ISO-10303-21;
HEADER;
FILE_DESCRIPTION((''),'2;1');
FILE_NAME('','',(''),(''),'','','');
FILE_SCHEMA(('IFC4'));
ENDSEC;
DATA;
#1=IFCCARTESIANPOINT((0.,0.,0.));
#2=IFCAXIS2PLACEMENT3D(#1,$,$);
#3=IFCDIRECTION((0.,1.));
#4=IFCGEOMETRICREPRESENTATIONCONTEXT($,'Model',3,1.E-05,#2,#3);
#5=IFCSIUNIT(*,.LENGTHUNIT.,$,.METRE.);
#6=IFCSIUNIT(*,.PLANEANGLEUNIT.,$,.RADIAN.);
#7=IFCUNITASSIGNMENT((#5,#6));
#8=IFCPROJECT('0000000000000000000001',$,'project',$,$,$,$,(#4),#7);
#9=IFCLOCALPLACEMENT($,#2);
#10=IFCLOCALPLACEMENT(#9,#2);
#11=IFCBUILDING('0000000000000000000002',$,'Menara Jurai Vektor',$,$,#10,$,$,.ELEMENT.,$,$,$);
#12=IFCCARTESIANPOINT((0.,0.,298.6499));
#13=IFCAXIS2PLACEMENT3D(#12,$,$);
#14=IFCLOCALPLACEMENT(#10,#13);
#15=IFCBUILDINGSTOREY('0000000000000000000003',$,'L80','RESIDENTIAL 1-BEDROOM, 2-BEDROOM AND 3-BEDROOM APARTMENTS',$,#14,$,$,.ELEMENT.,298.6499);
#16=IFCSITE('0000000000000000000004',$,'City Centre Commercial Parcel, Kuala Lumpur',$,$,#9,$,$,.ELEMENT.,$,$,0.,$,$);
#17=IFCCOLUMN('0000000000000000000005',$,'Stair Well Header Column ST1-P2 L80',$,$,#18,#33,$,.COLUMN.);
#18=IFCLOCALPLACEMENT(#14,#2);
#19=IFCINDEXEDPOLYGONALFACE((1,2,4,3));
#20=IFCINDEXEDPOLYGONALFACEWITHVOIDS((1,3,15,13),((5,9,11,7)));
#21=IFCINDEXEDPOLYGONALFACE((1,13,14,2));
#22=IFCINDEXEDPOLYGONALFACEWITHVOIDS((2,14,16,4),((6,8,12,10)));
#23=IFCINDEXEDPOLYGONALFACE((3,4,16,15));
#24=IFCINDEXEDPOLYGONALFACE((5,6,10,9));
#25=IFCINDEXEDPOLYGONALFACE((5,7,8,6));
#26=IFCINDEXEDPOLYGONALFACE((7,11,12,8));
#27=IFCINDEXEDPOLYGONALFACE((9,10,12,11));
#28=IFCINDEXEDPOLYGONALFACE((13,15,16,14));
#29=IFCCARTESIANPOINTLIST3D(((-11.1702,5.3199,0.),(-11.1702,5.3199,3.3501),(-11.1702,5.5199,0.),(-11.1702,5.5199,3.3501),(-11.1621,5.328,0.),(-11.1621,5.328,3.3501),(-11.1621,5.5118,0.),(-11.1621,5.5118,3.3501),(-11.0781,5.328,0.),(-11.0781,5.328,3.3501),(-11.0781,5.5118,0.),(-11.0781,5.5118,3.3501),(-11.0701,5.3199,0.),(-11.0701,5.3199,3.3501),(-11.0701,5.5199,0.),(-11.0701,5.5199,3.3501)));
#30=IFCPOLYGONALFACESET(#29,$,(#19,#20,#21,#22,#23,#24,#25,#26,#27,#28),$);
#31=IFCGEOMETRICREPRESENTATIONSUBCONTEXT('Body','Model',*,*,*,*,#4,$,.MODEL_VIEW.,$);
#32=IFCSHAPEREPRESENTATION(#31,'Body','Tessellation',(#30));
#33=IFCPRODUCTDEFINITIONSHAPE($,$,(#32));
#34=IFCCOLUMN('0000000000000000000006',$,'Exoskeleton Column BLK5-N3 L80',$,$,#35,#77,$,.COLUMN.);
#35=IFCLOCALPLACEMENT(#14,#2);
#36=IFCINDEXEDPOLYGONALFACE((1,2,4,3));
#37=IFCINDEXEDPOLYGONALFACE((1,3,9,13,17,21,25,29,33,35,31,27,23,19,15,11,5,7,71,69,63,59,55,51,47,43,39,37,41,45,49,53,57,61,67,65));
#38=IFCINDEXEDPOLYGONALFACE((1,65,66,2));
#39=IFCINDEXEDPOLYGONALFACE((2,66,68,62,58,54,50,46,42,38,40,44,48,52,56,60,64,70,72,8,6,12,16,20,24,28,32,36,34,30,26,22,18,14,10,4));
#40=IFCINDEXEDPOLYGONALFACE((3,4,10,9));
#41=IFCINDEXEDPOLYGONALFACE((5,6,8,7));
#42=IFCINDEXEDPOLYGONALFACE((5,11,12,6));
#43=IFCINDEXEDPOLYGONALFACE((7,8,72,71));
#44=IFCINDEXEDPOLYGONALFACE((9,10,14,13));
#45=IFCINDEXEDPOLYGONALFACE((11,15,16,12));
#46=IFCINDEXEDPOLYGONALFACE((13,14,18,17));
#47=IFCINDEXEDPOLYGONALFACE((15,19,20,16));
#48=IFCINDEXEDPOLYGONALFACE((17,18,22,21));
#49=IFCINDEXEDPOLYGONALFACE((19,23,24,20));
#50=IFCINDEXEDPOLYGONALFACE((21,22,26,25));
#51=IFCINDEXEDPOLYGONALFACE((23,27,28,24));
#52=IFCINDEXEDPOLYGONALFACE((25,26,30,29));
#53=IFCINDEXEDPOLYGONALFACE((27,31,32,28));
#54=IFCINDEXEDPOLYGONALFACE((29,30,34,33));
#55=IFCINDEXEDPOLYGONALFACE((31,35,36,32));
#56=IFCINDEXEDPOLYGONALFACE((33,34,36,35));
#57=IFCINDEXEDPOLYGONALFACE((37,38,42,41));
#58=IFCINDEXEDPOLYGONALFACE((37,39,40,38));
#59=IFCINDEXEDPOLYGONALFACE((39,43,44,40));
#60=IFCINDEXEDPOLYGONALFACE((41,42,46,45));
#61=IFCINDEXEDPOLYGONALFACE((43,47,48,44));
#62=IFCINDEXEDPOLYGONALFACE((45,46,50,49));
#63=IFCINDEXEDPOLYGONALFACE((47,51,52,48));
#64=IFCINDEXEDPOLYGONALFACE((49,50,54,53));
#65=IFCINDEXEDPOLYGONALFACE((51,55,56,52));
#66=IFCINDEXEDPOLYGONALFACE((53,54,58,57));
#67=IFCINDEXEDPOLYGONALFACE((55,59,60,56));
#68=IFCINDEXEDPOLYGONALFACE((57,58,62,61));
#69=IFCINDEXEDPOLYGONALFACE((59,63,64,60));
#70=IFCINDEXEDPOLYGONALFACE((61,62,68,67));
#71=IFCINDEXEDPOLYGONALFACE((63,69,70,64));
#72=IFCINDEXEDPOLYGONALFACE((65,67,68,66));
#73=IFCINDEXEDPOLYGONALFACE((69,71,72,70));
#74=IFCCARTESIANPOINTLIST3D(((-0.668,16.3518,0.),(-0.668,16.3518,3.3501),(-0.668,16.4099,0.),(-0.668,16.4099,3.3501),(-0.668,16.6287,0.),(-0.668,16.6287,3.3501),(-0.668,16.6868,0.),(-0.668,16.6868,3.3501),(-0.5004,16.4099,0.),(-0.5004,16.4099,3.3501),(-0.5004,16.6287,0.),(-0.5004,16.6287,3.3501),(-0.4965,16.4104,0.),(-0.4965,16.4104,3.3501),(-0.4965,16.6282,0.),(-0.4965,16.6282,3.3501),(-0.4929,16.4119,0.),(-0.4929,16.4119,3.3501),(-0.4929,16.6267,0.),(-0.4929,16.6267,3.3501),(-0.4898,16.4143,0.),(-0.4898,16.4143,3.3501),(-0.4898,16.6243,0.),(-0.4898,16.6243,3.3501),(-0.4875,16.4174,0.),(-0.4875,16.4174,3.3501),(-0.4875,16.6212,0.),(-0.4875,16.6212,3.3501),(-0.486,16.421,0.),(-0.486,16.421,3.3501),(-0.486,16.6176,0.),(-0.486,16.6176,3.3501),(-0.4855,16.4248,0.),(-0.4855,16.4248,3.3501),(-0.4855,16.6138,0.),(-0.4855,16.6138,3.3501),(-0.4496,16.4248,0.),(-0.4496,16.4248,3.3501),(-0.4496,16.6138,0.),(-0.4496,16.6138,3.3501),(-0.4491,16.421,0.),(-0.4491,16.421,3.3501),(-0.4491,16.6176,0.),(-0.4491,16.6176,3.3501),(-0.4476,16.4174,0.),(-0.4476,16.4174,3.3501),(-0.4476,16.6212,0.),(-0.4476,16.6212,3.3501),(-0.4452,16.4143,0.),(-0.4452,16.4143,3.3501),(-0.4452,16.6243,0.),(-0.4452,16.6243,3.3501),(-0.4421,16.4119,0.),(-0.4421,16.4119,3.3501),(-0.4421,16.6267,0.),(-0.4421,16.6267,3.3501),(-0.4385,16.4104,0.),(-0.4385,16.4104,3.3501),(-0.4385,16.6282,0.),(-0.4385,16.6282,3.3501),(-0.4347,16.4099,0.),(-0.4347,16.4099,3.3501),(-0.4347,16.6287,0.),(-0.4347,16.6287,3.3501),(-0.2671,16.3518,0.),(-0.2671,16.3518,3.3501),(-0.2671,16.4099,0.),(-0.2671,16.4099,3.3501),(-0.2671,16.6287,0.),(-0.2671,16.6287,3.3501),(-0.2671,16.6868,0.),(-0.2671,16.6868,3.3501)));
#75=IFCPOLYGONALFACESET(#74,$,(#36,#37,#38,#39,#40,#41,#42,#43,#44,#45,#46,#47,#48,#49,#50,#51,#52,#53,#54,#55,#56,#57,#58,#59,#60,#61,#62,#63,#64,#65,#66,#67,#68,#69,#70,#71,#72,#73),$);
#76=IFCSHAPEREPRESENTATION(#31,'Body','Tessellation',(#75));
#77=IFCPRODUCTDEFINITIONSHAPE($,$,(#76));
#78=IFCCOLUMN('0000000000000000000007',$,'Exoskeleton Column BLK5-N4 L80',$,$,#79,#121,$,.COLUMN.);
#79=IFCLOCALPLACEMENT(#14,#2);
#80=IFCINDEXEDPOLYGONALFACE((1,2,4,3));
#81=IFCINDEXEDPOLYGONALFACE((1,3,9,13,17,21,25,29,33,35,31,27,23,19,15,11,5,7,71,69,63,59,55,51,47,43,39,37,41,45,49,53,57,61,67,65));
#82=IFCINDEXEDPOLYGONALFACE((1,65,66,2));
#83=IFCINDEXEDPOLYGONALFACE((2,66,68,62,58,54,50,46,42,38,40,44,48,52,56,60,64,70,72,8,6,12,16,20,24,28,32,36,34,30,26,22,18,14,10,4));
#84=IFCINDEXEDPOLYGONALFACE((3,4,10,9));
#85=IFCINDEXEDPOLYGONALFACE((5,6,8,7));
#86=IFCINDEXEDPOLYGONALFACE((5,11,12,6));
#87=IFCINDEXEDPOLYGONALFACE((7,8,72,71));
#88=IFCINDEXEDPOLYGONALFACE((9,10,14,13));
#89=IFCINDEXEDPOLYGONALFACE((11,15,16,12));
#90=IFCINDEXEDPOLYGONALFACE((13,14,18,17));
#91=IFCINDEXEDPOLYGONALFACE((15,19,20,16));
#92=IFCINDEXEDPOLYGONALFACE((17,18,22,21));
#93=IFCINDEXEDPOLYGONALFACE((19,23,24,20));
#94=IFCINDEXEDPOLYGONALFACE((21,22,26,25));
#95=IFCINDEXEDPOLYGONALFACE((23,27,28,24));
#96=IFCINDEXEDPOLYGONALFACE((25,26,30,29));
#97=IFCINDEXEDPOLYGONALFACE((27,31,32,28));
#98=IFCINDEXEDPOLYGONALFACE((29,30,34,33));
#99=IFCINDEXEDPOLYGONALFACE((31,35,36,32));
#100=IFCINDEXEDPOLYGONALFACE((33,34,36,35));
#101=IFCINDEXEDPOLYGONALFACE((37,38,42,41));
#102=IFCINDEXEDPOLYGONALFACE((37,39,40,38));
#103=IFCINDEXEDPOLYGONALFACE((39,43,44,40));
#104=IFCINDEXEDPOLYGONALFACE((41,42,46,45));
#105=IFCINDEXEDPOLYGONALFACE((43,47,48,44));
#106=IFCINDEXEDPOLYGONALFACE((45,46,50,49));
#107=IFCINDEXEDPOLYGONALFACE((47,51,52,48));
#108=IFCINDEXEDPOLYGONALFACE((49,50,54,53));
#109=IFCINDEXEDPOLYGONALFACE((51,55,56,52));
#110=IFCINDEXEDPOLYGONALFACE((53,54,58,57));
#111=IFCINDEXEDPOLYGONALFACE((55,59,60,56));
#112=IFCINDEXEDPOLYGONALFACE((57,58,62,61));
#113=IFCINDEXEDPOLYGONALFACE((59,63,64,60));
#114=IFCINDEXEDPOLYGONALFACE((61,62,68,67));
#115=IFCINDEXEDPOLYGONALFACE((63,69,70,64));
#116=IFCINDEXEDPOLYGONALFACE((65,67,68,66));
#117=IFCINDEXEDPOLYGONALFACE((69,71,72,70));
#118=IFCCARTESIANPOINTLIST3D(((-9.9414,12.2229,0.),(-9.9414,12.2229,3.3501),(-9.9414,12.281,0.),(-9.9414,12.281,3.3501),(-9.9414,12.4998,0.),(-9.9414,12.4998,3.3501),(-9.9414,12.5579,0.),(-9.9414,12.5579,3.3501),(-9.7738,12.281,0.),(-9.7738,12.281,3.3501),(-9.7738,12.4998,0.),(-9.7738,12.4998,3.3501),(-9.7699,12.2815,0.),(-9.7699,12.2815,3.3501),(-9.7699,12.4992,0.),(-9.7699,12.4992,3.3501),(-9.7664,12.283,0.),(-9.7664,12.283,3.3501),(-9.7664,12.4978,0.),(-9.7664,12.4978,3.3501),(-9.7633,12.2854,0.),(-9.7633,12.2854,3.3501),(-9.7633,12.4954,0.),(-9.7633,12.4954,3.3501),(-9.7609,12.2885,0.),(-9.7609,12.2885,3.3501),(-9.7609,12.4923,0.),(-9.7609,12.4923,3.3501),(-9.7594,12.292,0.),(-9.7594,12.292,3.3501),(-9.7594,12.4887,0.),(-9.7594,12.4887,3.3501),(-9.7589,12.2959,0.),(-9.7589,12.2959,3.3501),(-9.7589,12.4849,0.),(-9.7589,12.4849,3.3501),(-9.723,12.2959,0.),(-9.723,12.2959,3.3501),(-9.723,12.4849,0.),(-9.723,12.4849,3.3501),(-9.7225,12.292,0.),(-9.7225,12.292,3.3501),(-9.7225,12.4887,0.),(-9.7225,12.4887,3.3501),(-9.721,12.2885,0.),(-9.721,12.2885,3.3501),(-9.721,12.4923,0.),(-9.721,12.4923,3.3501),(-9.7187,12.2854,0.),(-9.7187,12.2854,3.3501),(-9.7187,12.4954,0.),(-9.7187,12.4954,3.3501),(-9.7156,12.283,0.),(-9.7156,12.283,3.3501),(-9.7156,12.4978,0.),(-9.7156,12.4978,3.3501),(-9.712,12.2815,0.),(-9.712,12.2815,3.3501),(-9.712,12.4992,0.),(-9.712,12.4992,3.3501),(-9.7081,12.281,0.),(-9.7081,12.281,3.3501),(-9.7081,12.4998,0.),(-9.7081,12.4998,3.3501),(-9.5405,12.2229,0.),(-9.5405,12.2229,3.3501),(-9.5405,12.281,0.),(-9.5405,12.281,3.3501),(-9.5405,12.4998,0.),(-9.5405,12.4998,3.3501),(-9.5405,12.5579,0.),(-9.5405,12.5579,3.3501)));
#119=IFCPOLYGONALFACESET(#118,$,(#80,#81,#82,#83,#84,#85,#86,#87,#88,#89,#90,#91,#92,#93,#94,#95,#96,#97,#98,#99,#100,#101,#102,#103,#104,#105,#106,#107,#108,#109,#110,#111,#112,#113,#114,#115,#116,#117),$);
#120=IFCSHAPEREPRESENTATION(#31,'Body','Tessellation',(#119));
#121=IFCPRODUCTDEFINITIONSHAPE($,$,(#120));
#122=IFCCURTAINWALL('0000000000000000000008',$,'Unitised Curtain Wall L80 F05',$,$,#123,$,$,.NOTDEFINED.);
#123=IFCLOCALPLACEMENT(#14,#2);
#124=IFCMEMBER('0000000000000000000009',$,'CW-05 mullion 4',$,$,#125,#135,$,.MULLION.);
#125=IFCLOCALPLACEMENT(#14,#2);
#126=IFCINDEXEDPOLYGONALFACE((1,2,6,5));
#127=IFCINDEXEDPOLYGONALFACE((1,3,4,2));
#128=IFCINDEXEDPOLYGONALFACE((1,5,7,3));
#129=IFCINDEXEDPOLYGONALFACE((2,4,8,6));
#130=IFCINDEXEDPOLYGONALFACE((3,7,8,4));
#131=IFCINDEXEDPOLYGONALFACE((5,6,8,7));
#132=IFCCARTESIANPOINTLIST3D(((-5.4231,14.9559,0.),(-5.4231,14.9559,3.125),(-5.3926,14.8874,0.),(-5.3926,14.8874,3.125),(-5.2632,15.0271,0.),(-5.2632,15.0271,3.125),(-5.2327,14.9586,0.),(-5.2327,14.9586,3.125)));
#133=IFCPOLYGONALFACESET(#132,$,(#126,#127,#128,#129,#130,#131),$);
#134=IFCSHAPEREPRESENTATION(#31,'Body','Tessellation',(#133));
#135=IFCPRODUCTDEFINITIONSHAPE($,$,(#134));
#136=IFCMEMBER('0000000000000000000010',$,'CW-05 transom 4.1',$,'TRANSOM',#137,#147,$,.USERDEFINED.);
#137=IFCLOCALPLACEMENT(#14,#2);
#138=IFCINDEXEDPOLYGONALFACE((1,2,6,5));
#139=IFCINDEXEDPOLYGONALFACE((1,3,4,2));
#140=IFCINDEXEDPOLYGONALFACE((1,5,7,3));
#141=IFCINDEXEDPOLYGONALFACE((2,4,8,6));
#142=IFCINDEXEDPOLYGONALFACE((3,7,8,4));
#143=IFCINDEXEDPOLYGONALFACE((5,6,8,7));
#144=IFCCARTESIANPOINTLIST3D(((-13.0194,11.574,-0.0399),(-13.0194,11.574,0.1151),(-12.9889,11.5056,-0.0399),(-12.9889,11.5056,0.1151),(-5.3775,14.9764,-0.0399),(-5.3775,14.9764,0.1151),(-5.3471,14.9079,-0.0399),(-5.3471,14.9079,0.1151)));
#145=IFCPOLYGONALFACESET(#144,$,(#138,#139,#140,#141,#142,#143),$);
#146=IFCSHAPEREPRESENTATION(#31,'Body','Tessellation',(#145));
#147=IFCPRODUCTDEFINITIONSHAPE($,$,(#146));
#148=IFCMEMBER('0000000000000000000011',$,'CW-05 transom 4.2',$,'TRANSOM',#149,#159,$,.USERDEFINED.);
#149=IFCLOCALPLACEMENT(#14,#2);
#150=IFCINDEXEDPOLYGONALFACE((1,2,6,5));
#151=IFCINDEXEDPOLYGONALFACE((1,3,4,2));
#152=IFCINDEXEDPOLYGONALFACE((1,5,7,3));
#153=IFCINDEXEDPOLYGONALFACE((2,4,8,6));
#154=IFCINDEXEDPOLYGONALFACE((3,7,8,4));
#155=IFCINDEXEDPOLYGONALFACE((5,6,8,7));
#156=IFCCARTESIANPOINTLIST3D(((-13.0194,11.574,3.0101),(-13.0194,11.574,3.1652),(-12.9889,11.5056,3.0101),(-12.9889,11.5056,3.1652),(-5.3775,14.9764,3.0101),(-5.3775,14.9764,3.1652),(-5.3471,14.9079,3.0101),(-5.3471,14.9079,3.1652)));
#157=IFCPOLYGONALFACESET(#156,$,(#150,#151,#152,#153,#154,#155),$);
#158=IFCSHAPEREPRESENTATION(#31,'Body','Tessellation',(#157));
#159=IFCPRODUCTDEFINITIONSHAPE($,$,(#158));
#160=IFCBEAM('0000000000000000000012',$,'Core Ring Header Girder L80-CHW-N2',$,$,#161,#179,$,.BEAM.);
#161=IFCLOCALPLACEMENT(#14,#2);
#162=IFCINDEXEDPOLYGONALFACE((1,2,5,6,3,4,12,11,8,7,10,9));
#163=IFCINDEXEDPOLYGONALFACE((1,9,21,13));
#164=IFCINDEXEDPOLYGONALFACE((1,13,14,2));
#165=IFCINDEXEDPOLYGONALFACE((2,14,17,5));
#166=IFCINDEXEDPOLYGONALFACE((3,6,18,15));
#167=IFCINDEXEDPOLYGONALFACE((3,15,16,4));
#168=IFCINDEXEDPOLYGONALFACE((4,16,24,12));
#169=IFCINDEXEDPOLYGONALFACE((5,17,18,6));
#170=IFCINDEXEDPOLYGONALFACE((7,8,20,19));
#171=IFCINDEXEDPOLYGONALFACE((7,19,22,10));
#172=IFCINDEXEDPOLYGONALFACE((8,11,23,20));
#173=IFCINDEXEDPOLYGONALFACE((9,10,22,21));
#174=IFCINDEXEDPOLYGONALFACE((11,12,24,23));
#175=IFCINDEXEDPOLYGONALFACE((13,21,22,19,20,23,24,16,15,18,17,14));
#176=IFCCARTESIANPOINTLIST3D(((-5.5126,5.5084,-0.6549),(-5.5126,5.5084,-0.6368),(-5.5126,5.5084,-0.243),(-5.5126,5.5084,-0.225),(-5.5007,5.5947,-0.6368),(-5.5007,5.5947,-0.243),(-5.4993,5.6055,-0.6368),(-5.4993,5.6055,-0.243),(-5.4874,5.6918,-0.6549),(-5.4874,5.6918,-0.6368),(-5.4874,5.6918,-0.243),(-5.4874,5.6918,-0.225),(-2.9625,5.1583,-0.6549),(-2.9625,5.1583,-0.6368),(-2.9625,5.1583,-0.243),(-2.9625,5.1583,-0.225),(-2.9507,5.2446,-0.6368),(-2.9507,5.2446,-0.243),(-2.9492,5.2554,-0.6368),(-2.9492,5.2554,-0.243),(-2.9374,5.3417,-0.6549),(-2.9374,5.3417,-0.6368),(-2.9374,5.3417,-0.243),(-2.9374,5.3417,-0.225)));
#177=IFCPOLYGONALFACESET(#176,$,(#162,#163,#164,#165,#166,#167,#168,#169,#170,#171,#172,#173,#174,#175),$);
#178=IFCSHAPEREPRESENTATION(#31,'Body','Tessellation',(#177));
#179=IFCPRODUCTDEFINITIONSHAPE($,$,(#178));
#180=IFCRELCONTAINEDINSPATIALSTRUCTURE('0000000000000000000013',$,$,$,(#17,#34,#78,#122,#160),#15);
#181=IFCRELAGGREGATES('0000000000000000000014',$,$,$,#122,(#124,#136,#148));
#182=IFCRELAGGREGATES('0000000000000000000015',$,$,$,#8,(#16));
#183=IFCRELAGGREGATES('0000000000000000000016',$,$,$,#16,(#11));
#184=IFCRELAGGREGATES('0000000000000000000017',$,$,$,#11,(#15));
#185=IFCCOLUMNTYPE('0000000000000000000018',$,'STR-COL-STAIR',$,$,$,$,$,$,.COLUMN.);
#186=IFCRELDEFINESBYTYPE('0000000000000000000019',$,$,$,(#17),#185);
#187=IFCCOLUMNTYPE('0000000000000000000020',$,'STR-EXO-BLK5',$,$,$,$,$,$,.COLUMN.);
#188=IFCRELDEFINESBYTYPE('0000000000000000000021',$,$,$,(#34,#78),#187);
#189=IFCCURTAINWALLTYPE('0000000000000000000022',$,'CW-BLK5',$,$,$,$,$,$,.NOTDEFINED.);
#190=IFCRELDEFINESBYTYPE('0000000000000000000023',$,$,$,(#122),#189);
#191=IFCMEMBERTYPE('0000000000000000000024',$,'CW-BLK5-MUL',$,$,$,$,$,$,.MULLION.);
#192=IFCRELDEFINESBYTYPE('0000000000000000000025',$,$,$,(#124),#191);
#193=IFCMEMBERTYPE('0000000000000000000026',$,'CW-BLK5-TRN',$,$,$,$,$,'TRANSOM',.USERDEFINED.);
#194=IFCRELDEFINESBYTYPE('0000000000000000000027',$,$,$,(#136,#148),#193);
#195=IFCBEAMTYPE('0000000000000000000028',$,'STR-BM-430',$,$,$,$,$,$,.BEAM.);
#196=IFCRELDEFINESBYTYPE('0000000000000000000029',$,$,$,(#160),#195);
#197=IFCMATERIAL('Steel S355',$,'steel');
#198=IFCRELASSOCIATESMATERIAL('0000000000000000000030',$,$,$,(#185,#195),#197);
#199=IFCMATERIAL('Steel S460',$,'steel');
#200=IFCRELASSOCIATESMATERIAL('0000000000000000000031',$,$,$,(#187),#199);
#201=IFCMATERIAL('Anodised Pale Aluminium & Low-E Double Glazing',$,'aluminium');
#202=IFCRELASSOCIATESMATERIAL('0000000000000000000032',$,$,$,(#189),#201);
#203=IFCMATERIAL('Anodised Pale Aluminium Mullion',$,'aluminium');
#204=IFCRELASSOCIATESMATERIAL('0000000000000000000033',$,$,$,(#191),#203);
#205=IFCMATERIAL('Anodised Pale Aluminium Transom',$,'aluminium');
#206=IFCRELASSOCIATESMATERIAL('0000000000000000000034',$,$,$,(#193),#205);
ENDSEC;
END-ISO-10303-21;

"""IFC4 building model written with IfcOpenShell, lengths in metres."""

from ifc_helpers import new_model, si_unit, direction, frame, origin, origin_2d, place, context, subcontext, project, spatial, rectangle, hollow_rectangle, i_section, extrude, material, material_profile, profile_set, type_object, element, aggregate, save


model = new_model("IFC4")

# Units and contexts
model_context = context("Model", 3, precision=1e-05, world=origin(), true_north=direction((0.0, 1.0)))
body_context = subcontext(model_context, "Body", "Model", "MODEL_VIEW")
ifc_project = project(units=[si_unit("LENGTHUNIT", "METRE"), si_unit("PLANEANGLEUNIT", "RADIAN")], contexts=[model_context])

# Site, building, storey
site_placement = place(None, origin())
site = spatial("IfcSite", under=ifc_project, at=site_placement, Name="City Centre Commercial Parcel, Kuala Lumpur", CompositionType="ELEMENT", RefElevation=0.0)
building_placement = place(site_placement, origin())
building = spatial("IfcBuilding", under=site, at=building_placement, Name="Menara Jurai Vektor", CompositionType="ELEMENT")
storey_placement = place(building_placement, frame((0.0, 0.0, 298.6499)))
storey = spatial("IfcBuildingStorey", under=building, at=storey_placement, Name="L80", Description="RESIDENTIAL 1-BEDROOM, 2-BEDROOM AND 3-BEDROOM APARTMENTS", CompositionType="ELEMENT", Elevation=298.6499)

# Columns
ifc_material_1 = material(Name="Steel S355", Category="steel")
ifc_material_profile_1 = material_profile(ifc_material_1, hollow_rectangle(XDim=0.1001, YDim=0.2, WallThickness=0.0081, at=origin_2d()), Name="RHS 200x100x8")
ifc_profile_set_1 = profile_set([ifc_material_profile_1], Name="Steel S355")
column_type_1 = type_object("IfcColumnType", Name="STR-COL-STAIR", PredefinedType="COLUMN", material=ifc_profile_set_1)
column_placement = place(storey_placement, frame((-11.1201, 5.4199, 0.0), z_axis=(0.0, 0.0, 1.0), x_axis=(1.0, 0.0, 0.0)))
element("IfcColumn", 1, at=column_placement, inside=storey, type_object=column_type_1, Name="Stair Well Header Column ST1-P2 L80", PredefinedType="COLUMN", context=body_context, shape_type="SweptSolid", body=[
    extrude(hollow_rectangle(XDim=0.1001, YDim=0.2, WallThickness=0.0081, at=origin_2d()), origin(), (0.0, 0.0, 1.0), 3.3501),
])
ifc_material_2 = material(Name="Steel S460", Category="steel")
ifc_material_profile_2 = material_profile(ifc_material_2, i_section(OverallWidth=0.4009, OverallDepth=0.335, WebThickness=0.0359, FlangeThickness=0.0581, FilletRadius=0.0149, at=origin_2d()), Name="HD 400x463")
ifc_profile_set_2 = profile_set([ifc_material_profile_2], Name="Steel S460")
column_type_2 = type_object("IfcColumnType", Name="STR-EXO-BLK5", PredefinedType="COLUMN", material=ifc_profile_set_2)
for number, where, z_axis, x_axis, name in (
    (2, (-0.4675, 16.5193, 0.0), (0.0, 0.0, 1.0), (1.0, 0.0, 0.0), "Exoskeleton Column BLK5-N3 L80"),
    (3, (-9.741, 12.3904, 0.0), (0.0, 0.0, 1.0), (1.0, 0.0, 0.0), "Exoskeleton Column BLK5-N4 L80"),
):
    element("IfcColumn", number, at=place(storey_placement, frame(where, z_axis=z_axis, x_axis=x_axis)), inside=storey, type_object=column_type_2, Name=name, PredefinedType="COLUMN", context=body_context, shape_type="SweptSolid", body=[
        extrude(i_section(OverallWidth=0.4009, OverallDepth=0.335, WebThickness=0.0359, FlangeThickness=0.0581, FilletRadius=0.0149, at=origin_2d()), origin(), (0.0, 0.0, 1.0), 3.3501),
    ])

# Curtain wall, members
ifc_material_3 = material(Name="Anodised Pale Aluminium & Low-E Double Glazing", Category="aluminium")
curtain_wall_type = type_object("IfcCurtainWallType", Name="CW-BLK5", PredefinedType="NOTDEFINED", material=ifc_material_3)
curtain_wall_placement = place(storey_placement, origin())
curtain_wall = element("IfcCurtainWall", 4, at=curtain_wall_placement, inside=storey, type_object=curtain_wall_type, Name="Unitised Curtain Wall L80 F05", PredefinedType="NOTDEFINED")
ifc_material_4 = material(Name="Anodised Pale Aluminium Mullion", Category="aluminium")
ifc_material_profile_3 = material_profile(ifc_material_4, rectangle(XDim=0.075, YDim=0.175, at=origin_2d()), Name="ALU MUL 75x175")
ifc_profile_set_3 = profile_set([ifc_material_profile_3], Name="Anodised Pale Aluminium Mullion")
member_type_1 = type_object("IfcMemberType", Name="CW-BLK5-MUL", PredefinedType="MULLION", material=ifc_profile_set_3)
member_1_placement = place(storey_placement, frame((-5.3279, 14.9573, 0.0), z_axis=(0.0, 0.0, 1.0), x_axis=(0.406735, -0.913546, 0.0)))
member_1 = element("IfcMember", 5, at=member_1_placement, type_object=member_type_1, Name="CW-05 mullion 4", PredefinedType="MULLION", context=body_context, shape_type="SweptSolid", body=[
    extrude(rectangle(XDim=0.075, YDim=0.175, at=origin_2d()), origin(), (0.0, 0.0, 1.0), 3.125),
])
ifc_material_5 = material(Name="Anodised Pale Aluminium Transom", Category="aluminium")
ifc_material_profile_4 = material_profile(ifc_material_5, rectangle(XDim=0.075, YDim=0.155, at=origin_2d()), Name="ALU TRN 75x155")
ifc_profile_set_4 = profile_set([ifc_material_profile_4], Name="Anodised Pale Aluminium Transom")
member_type_2 = type_object("IfcMemberType", Name="CW-BLK5-TRN", ElementType="TRANSOM", PredefinedType="USERDEFINED", material=ifc_profile_set_4)
member_2_placement = place(storey_placement, frame((-5.3623, 14.9421, 0.0376), z_axis=(-0.913547, -0.406734, 0.0), x_axis=(0.406734, -0.913547, 0.0)))
member_2 = element("IfcMember", 6, at=member_2_placement, type_object=member_type_2, Name="CW-05 transom 4.1", ObjectType="TRANSOM", PredefinedType="USERDEFINED", context=body_context, shape_type="SweptSolid", body=[
    extrude(rectangle(XDim=0.075, YDim=0.155, at=origin_2d()), origin(), (0.0, 0.0, 1.0), 8.365),
])
member_3_placement = place(storey_placement, frame((-5.3623, 14.9421, 3.0876), z_axis=(-0.913547, -0.406734, 0.0), x_axis=(0.406734, -0.913547, 0.0)))
member_3 = element("IfcMember", 7, at=member_3_placement, type_object=member_type_2, Name="CW-05 transom 4.2", ObjectType="TRANSOM", PredefinedType="USERDEFINED", context=body_context, shape_type="SweptSolid", body=[
    extrude(rectangle(XDim=0.075, YDim=0.155, at=origin_2d()), origin(), (0.0, 0.0, 1.0), 8.365),
])

# Beam
ifc_material_profile_5 = material_profile(ifc_material_1, i_section(OverallWidth=0.1851, OverallDepth=0.4299, WebThickness=0.011, FlangeThickness=0.0181, at=origin_2d()), Name="PG 430x185x76")
ifc_profile_set_5 = profile_set([ifc_material_profile_5], Name="Steel S355")
beam_type_1 = type_object("IfcBeamType", Name="STR-BM-430", PredefinedType="BEAM", material=ifc_profile_set_5)
beam_1_placement = place(storey_placement, frame((-5.5, 5.6001, -0.4399), z_axis=(0.990707, -0.136015, 0.0), x_axis=(0.136015, 0.990707, 0.0)))
element("IfcBeam", 8, at=beam_1_placement, inside=storey, type_object=beam_type_1, Name="Core Ring Header Girder L80-CHW-N2", PredefinedType="BEAM", context=body_context, shape_type="SweptSolid", body=[
    extrude(i_section(OverallWidth=0.1851, OverallDepth=0.4299, WebThickness=0.011, FlangeThickness=0.0181, at=origin_2d()), origin(), (0.0, 0.0, 1.0), 2.574),
])

aggregate(curtain_wall, [member_1, member_2, member_3])

save(model, "model.ifc")
